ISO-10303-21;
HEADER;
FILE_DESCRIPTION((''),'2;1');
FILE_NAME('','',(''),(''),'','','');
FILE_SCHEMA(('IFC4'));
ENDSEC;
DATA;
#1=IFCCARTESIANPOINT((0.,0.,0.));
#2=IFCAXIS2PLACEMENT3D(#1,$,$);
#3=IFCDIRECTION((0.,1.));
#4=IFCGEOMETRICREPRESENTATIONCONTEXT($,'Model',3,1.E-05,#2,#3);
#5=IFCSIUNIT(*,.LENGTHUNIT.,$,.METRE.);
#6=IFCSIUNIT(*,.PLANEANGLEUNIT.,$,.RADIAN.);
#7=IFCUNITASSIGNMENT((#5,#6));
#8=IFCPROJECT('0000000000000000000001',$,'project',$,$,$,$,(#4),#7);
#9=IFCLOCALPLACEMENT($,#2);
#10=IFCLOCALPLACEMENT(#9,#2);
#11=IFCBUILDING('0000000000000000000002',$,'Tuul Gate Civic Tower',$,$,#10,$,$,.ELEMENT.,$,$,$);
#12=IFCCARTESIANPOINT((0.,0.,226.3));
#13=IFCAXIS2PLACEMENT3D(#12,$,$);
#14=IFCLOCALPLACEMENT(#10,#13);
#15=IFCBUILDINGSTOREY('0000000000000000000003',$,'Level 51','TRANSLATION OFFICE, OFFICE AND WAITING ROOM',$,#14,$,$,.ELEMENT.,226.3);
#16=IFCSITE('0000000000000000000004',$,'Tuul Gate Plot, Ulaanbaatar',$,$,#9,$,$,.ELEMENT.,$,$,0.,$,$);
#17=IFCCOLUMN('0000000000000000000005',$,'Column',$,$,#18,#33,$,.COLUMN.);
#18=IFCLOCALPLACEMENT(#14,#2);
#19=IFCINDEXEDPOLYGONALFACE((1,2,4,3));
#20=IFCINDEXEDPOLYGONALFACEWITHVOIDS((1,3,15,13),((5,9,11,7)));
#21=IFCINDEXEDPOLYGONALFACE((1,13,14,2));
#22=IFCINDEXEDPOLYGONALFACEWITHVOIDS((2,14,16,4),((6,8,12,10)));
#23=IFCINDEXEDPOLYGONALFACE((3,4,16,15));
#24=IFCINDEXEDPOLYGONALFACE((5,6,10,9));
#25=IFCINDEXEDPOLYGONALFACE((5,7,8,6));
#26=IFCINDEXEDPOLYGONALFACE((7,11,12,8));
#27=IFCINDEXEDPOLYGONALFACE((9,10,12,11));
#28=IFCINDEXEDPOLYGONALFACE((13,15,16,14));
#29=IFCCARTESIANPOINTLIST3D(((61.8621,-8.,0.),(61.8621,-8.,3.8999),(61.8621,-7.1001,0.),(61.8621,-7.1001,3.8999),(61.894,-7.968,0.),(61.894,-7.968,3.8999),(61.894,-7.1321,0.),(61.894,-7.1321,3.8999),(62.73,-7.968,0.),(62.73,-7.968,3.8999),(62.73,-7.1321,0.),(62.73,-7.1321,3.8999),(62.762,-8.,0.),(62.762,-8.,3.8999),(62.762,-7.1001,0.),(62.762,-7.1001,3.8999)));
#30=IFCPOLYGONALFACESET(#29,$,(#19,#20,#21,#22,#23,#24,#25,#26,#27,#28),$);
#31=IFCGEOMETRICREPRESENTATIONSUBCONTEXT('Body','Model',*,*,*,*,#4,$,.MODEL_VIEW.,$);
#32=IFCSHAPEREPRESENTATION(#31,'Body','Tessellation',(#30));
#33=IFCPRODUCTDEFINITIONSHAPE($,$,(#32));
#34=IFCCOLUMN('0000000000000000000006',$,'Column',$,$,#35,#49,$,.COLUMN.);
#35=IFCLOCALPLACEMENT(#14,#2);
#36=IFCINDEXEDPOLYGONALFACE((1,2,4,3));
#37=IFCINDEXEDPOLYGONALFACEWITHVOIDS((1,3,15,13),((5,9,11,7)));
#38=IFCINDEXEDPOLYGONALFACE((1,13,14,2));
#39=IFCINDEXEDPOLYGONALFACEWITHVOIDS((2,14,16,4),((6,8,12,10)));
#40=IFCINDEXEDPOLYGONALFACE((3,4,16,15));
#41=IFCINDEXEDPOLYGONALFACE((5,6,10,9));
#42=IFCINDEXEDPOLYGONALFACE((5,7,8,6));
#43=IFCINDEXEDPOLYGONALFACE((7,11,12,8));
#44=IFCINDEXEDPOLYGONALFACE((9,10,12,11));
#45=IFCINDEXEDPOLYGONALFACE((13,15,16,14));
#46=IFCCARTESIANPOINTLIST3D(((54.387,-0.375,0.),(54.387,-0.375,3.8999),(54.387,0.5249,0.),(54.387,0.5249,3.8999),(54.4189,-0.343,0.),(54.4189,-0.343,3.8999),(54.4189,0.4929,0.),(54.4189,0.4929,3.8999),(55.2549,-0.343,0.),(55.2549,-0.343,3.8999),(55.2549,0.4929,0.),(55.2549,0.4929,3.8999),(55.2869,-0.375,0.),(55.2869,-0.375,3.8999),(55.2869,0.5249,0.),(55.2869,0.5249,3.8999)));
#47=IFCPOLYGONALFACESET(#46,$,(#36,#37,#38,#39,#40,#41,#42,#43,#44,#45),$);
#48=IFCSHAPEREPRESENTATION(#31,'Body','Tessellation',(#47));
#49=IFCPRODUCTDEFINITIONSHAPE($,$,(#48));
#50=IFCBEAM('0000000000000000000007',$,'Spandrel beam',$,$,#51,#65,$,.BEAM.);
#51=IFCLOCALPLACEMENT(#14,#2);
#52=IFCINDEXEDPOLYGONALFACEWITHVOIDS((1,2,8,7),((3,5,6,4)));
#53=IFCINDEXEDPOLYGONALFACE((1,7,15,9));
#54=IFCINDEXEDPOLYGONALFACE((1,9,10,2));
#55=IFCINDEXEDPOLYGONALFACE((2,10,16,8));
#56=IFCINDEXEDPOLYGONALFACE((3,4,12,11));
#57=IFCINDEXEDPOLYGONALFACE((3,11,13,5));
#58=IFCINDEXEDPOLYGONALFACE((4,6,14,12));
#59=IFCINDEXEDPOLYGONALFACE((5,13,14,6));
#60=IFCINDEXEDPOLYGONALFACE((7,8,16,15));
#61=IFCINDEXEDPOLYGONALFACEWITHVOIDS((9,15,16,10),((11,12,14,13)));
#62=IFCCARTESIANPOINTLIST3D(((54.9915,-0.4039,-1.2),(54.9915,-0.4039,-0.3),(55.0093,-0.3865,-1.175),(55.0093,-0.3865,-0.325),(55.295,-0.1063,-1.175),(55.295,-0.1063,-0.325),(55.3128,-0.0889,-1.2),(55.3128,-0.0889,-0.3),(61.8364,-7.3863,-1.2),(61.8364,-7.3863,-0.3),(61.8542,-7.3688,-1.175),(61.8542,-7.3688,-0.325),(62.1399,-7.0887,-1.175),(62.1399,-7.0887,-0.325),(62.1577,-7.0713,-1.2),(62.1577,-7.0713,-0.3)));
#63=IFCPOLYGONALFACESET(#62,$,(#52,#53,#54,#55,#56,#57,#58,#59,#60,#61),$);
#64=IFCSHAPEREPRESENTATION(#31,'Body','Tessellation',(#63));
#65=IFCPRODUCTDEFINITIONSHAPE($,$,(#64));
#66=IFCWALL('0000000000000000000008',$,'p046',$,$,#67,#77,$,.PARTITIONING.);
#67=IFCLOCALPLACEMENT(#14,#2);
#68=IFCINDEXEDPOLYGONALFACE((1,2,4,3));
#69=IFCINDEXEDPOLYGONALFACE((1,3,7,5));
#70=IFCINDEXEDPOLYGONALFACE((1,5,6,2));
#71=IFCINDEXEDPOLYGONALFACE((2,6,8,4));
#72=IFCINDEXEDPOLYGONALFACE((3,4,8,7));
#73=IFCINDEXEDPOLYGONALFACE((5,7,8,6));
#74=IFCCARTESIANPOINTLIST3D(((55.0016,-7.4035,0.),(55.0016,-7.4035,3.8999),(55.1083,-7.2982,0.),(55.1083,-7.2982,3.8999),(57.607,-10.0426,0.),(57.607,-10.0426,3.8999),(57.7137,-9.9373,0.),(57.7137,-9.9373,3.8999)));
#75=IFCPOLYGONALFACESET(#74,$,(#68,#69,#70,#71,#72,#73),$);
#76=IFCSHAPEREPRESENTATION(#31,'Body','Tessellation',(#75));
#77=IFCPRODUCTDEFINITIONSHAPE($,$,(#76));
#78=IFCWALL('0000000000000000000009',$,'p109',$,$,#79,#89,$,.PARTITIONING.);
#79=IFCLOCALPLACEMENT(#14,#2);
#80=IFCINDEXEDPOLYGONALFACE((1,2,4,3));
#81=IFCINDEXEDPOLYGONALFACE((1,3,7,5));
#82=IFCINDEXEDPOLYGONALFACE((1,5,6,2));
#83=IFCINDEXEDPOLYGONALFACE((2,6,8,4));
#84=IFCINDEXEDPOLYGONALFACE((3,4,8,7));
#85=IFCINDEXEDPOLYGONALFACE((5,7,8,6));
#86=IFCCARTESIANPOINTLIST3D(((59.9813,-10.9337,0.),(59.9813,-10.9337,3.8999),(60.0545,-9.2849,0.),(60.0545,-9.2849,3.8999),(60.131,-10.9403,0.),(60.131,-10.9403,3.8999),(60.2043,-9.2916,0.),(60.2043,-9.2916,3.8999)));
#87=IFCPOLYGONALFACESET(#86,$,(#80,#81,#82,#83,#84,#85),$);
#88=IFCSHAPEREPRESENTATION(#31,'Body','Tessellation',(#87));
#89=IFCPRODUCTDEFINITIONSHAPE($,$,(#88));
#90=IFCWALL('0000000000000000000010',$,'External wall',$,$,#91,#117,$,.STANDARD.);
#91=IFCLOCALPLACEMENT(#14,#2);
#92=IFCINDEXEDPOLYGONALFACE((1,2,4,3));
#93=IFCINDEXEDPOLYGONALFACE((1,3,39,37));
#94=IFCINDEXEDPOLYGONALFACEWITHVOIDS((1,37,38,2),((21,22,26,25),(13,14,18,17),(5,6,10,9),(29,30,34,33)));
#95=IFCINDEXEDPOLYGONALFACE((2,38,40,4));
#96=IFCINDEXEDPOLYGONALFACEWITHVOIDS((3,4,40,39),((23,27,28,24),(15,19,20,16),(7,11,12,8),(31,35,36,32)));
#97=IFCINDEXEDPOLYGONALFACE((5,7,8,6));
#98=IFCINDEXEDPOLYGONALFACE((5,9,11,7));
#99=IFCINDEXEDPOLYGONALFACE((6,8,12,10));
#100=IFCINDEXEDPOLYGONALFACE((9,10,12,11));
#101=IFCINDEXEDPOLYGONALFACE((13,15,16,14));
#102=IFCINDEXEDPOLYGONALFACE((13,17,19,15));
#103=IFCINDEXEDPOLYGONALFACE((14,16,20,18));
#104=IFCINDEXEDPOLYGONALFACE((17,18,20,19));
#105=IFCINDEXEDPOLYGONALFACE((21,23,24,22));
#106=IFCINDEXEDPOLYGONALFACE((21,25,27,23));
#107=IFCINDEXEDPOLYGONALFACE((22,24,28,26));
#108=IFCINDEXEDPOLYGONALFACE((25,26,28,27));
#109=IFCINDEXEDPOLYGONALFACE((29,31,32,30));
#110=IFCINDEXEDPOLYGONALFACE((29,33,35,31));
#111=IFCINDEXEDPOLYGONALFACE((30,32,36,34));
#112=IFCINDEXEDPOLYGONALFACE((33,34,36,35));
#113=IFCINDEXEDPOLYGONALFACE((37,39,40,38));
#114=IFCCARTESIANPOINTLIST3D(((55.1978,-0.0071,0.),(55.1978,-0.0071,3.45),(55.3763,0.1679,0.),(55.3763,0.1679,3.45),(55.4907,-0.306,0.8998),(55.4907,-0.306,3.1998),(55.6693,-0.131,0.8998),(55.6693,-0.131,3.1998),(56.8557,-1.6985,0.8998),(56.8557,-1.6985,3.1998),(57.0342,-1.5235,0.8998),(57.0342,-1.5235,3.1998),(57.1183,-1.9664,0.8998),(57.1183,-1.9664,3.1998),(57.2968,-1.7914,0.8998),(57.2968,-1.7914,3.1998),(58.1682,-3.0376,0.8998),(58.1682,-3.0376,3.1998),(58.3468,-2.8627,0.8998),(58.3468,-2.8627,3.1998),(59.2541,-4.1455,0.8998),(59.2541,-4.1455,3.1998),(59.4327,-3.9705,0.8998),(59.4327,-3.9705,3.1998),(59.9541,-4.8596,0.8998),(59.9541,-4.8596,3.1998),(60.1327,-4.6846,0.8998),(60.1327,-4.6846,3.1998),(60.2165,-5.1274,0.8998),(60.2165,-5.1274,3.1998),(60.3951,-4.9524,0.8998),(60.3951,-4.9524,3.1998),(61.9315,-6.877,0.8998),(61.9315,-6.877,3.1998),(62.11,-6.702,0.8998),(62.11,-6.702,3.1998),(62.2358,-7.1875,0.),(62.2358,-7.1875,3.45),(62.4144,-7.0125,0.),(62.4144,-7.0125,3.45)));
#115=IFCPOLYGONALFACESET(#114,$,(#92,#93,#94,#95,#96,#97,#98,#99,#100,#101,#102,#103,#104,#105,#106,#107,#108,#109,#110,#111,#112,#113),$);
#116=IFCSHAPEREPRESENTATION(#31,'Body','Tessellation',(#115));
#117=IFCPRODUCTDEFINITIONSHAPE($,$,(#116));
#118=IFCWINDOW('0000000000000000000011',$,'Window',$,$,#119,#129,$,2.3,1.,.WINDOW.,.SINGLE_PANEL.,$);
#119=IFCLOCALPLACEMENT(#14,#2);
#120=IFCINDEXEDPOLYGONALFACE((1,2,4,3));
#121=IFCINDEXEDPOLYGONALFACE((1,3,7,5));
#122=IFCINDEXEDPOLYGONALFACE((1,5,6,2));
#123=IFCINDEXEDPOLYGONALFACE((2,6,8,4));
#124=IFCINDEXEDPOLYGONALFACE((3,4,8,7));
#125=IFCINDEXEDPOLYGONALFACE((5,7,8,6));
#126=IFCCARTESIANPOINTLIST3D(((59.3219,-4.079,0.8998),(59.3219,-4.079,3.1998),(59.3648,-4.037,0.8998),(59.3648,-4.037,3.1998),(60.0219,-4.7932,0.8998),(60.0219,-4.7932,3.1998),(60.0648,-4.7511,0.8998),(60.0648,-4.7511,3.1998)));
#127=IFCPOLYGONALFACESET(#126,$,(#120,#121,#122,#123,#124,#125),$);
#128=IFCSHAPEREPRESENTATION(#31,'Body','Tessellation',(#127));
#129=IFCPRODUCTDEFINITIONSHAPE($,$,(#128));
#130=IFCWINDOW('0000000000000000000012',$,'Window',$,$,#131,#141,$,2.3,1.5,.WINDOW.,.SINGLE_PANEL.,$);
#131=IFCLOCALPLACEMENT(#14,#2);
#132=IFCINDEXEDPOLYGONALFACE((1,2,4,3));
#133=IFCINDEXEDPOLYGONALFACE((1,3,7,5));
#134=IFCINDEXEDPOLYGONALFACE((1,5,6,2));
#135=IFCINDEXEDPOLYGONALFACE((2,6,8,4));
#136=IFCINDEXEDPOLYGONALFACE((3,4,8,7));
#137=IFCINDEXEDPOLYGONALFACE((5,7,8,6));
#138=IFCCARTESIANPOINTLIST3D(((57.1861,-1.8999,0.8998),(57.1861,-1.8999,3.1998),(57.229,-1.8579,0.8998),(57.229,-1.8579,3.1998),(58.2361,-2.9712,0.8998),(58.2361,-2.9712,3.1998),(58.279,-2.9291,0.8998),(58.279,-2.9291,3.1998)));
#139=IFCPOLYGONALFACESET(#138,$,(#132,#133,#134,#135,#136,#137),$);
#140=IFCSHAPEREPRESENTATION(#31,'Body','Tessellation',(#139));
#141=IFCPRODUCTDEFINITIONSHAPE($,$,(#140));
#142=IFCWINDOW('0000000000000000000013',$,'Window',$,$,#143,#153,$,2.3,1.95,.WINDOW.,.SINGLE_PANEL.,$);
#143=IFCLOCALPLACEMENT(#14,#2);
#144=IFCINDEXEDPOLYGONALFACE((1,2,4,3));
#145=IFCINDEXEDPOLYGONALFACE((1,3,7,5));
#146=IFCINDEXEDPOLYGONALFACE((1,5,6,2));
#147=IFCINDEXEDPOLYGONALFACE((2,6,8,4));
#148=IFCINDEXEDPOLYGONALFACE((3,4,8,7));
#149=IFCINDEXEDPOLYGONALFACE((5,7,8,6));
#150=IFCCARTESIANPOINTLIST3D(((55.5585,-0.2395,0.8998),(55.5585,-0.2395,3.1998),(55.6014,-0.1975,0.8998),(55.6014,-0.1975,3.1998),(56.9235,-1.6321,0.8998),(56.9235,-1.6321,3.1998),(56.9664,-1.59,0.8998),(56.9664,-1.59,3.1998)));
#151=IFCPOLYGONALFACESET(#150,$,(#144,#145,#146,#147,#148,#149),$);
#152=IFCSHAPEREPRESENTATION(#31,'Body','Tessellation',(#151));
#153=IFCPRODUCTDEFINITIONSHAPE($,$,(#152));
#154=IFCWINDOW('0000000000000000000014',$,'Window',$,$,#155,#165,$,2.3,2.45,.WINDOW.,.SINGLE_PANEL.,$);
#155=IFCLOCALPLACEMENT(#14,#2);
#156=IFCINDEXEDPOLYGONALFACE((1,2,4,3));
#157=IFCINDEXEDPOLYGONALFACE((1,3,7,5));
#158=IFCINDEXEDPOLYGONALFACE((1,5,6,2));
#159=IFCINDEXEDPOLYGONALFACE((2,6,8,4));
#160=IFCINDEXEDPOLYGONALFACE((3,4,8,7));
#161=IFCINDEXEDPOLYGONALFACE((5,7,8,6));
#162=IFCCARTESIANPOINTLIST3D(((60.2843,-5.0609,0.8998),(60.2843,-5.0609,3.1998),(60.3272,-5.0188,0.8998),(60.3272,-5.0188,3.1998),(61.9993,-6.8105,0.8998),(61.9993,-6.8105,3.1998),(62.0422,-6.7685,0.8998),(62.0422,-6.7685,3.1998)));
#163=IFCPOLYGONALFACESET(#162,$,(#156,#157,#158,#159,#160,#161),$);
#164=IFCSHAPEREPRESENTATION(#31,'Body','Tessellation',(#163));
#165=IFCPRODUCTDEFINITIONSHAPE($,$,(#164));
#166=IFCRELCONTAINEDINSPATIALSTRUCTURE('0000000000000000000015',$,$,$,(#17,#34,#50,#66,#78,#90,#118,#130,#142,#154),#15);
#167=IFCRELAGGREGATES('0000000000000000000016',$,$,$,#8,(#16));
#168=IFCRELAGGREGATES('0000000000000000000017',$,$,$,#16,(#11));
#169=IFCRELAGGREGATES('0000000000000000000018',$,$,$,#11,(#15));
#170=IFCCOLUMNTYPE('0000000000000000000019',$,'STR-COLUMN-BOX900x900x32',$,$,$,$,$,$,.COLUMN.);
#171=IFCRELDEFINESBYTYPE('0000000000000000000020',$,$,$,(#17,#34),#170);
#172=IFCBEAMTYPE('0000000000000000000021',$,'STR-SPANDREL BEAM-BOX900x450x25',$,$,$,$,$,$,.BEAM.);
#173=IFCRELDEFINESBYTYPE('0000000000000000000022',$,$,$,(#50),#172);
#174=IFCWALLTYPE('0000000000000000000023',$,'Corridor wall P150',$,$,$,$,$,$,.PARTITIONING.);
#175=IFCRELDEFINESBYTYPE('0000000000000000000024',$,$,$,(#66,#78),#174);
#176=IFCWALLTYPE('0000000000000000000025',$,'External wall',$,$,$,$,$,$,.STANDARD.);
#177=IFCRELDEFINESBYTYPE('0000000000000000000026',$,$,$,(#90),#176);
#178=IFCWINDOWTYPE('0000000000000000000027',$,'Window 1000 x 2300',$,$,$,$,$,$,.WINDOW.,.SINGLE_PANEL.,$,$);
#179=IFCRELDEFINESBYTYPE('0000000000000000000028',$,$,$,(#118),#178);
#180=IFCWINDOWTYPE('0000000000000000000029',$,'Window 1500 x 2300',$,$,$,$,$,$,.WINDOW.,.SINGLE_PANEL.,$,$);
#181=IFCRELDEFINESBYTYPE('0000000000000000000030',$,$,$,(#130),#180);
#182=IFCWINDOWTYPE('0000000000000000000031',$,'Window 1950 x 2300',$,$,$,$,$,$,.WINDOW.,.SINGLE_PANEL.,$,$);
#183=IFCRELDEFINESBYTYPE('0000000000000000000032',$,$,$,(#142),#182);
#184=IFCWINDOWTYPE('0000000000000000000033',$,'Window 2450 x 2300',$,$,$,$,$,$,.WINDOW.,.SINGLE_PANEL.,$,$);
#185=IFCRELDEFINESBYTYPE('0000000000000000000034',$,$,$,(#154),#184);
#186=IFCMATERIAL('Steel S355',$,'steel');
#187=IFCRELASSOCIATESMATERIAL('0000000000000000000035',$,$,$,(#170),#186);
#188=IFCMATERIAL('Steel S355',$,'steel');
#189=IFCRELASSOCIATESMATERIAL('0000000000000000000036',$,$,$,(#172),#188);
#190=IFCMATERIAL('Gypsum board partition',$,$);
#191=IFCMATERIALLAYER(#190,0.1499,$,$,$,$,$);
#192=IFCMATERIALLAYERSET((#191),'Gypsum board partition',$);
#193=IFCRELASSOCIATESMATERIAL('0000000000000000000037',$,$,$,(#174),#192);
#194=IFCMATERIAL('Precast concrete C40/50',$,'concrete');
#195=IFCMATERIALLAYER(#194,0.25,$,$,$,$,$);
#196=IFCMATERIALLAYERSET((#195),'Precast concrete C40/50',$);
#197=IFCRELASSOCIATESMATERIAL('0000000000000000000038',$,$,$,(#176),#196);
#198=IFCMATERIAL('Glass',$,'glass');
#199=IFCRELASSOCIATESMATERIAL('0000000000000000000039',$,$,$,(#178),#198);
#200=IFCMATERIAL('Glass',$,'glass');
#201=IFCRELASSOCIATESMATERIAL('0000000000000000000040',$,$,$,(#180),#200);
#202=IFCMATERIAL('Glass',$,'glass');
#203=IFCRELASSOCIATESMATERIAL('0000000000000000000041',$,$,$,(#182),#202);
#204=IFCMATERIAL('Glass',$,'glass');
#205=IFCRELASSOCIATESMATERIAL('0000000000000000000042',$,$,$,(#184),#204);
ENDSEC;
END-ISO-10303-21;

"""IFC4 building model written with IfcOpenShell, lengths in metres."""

from ifc_helpers import new_model, si_unit, direction, frame, frame_2d, origin, origin_2d, place, context, subcontext, project, spatial, rectangle, hollow_rectangle, extrude, material, layer, layer_set, material_profile, profile_set, type_object, element, fill, save


model = new_model("IFC4")

# Units and contexts
model_context = context("Model", 3, precision=1e-05, world=origin(), true_north=direction((0.0, 1.0)))
body_context = subcontext(model_context, "Body", "Model", "MODEL_VIEW")
ifc_project = project(units=[si_unit("LENGTHUNIT", "METRE"), si_unit("PLANEANGLEUNIT", "RADIAN")], contexts=[model_context])

# Site, building, storey
site_placement = place(None, origin())
site = spatial("IfcSite", under=ifc_project, at=site_placement, Name="Tuul Gate Plot, Ulaanbaatar", CompositionType="ELEMENT", RefElevation=0.0)
building_placement = place(site_placement, origin())
building = spatial("IfcBuilding", under=site, at=building_placement, Name="Tuul Gate Civic Tower", CompositionType="ELEMENT")
storey_placement = place(building_placement, frame((0.0, 0.0, 226.3)))
storey = spatial("IfcBuildingStorey", under=building, at=storey_placement, Name="Level 51", Description="TRANSLATION OFFICE, OFFICE AND WAITING ROOM", CompositionType="ELEMENT", Elevation=226.3)

# Columns
ifc_material_1 = material(Name="Steel S355", Category="steel")
ifc_material_profile_1 = material_profile(ifc_material_1, hollow_rectangle(XDim=0.8999, YDim=0.8999, WallThickness=0.032, at=origin_2d()), Name="BOX900x900x32")
ifc_profile_set_1 = profile_set([ifc_material_profile_1], Name="Steel S355")
column_type = type_object("IfcColumnType", Name="STR-COLUMN-BOX900x900x32", PredefinedType="COLUMN", material=ifc_profile_set_1)
for number, where, z_axis, x_axis, name in (
    (1, (62.312, -7.55, 0.0), (0.0, 0.0, 1.0), (1.0, 0.0, 0.0), "Column"),
    (2, (54.8369, 0.075, 0.0), (0.0, 0.0, 1.0), (1.0, 0.0, 0.0), "Column"),
):
    element("IfcColumn", number, at=place(storey_placement, frame(where, z_axis=z_axis, x_axis=x_axis)), inside=storey, type_object=column_type, Name=name, PredefinedType="COLUMN", context=body_context, shape_type="SweptSolid", body=[
        extrude(hollow_rectangle(XDim=0.8999, YDim=0.8999, WallThickness=0.032, at=origin_2d()), origin(), (0.0, 0.0, 1.0), 3.8999),
    ])

# Beam
ifc_material_2 = material(Name="Steel S355", Category="steel")
ifc_material_profile_2 = material_profile(ifc_material_2, hollow_rectangle(XDim=0.45, YDim=0.8999, WallThickness=0.0249, at=origin_2d()), Name="BOX900x450x25")
ifc_profile_set_2 = profile_set([ifc_material_profile_2], Name="Steel S355")
beam_type = type_object("IfcBeamType", Name="STR-SPANDREL BEAM-BOX900x450x25", PredefinedType="BEAM", material=ifc_profile_set_2)
beam_placement = place(storey_placement, frame((61.9971, -7.2288, -0.75), z_axis=(-0.700043, 0.7141, 0.0), x_axis=(-0.7141, -0.700043, 0.0)))
element("IfcBeam", 3, at=beam_placement, inside=storey, type_object=beam_type, Name="Spandrel beam", PredefinedType="BEAM", context=body_context, shape_type="SweptSolid", body=[
    extrude(hollow_rectangle(XDim=0.45, YDim=0.8999, WallThickness=0.0249, at=origin_2d()), origin(), (0.0, 0.0, 1.0), 9.7778),
])

# Walls
ifc_material_3 = material(Name="Gypsum board partition")
ifc_layer_1 = layer(ifc_material_3, 0.1499)
ifc_layer_set_1 = layer_set([ifc_layer_1], Name="Gypsum board partition")
wall_type_1 = type_object("IfcWallType", Name="Corridor wall P150", PredefinedType="PARTITIONING", material=ifc_layer_set_1)
wall_1_placement = place(storey_placement, frame((55.0549, -7.3508, 0.0), z_axis=(0.0, 0.0, 1.0), x_axis=(0.70255, -0.711635, 0.0)))
element("IfcWall", 4, at=wall_1_placement, inside=storey, type_object=wall_type_1, Name="p046", PredefinedType="PARTITIONING", context=body_context, shape_type="SweptSolid", body=[
    extrude(rectangle(XDim=3.7085, YDim=0.1499, at=frame_2d((1.8542, 0.0))), origin(), (0.0, 0.0, 1.0), 3.8999),
])
wall_2_placement = place(storey_placement, frame((60.0562, -10.937, 0.0), z_axis=(0.0, 0.0, 1.0), x_axis=(0.044381, 0.999015, 0.0)))
element("IfcWall", 5, at=wall_2_placement, inside=storey, type_object=wall_type_1, Name="p109", PredefinedType="PARTITIONING", context=body_context, shape_type="SweptSolid", body=[
    extrude(rectangle(XDim=1.6504, YDim=0.1499, at=frame_2d((0.8252, 0.0))), origin(), (0.0, 0.0, 1.0), 3.8999),
])

# Wall, openings, windows
ifc_material_4 = material(Name="Precast concrete C40/50", Category="concrete")
ifc_layer_2 = layer(ifc_material_4, 0.25)
ifc_layer_set_2 = layer_set([ifc_layer_2], Name="Precast concrete C40/50")
wall_type_2 = type_object("IfcWallType", Name="External wall", PredefinedType="STANDARD", material=ifc_layer_set_2)
wall_3_placement = place(storey_placement, frame((62.3252, -7.1001, 0.0), z_axis=(0.0, 0.0, 1.0), x_axis=(-0.699993, 0.714149, 0.0)))
wall_3 = element("IfcWall", 6, at=wall_3_placement, inside=storey, type_object=wall_type_2, Name="External wall", PredefinedType="STANDARD", context=body_context, shape_type="SweptSolid", body=[
    extrude(rectangle(XDim=10.0544, YDim=0.25, at=frame_2d((5.0273, 0.0))), origin(), (0.0, 0.0, 1.0), 3.45),
])
opening_1_placement = place(wall_3_placement, frame((0.4348, 0.0, 0.8999)))
opening_1 = element("IfcOpeningElement", 7, at=opening_1_placement, cuts=wall_3, PredefinedType="OPENING", context=body_context, shape_type="SweptSolid", body=[
    extrude(rectangle(XDim=2.45, YDim=2.3, at=frame_2d((1.2251, 1.1499))), frame((0.0, 0.135, 0.0), z_axis=(0.0, -1.0, 0.0), x_axis=(1.0, 0.0, 0.0)), (0.0, 0.0, 1.0), 0.27),
])
opening_2_placement = place(wall_3_placement, frame((3.2598, 0.0, 0.8999)))
opening_2 = element("IfcOpeningElement", 8, at=opening_2_placement, cuts=wall_3, PredefinedType="OPENING", context=body_context, shape_type="SweptSolid", body=[
    extrude(rectangle(XDim=1.0, YDim=2.3, at=frame_2d((0.5, 1.1499))), frame((0.0, 0.135, 0.0), z_axis=(0.0, -1.0, 0.0), x_axis=(1.0, 0.0, 0.0)), (0.0, 0.0, 1.0), 0.27),
])
opening_3_placement = place(wall_3_placement, frame((5.811, 0.0, 0.8999)))
opening_3 = element("IfcOpeningElement", 9, at=opening_3_placement, cuts=wall_3, PredefinedType="OPENING", context=body_context, shape_type="SweptSolid", body=[
    extrude(rectangle(XDim=1.5, YDim=2.3, at=frame_2d((0.75, 1.1499))), frame((0.0, 0.135, 0.0), z_axis=(0.0, -1.0, 0.0), x_axis=(1.0, 0.0, 0.0)), (0.0, 0.0, 1.0), 0.27),
])
opening_4_placement = place(wall_3_placement, frame((7.686, 0.0, 0.8999)))
opening_4 = element("IfcOpeningElement", 10, at=opening_4_placement, cuts=wall_3, PredefinedType="OPENING", context=body_context, shape_type="SweptSolid", body=[
    extrude(rectangle(XDim=1.95, YDim=2.3, at=frame_2d((0.9751, 1.1499))), frame((0.0, 0.135, 0.0), z_axis=(0.0, -1.0, 0.0), x_axis=(1.0, 0.0, 0.0)), (0.0, 0.0, 1.0), 0.27),
])
ifc_material_5 = material(Name="Glass", Category="glass")
window_type_1 = type_object("IfcWindowType", Name="Window 1000 x 2300", PartitioningType="SINGLE_PANEL", PredefinedType="WINDOW", material=ifc_material_5)
window_1_placement = place(opening_2_placement, origin())
window_1 = element("IfcWindow", 11, at=window_1_placement, inside=storey, type_object=window_type_1, Name="Window", OverallHeight=2.3, OverallWidth=1.0, PartitioningType="SINGLE_PANEL", PredefinedType="WINDOW", context=body_context, shape_type="SweptSolid", body=[
    extrude(rectangle(XDim=1.0, YDim=2.3, at=frame_2d((0.5, 1.1499))), frame((0.0, 0.03, 0.0), z_axis=(0.0, -1.0, 0.0), x_axis=(1.0, 0.0, 0.0)), (0.0, 0.0, 1.0), 0.0601),
])
fill(opening_2, window_1)
ifc_material_6 = material(Name="Glass", Category="glass")
window_type_2 = type_object("IfcWindowType", Name="Window 1500 x 2300", PartitioningType="SINGLE_PANEL", PredefinedType="WINDOW", material=ifc_material_6)
window_2_placement = place(opening_3_placement, origin())
window_2 = element("IfcWindow", 12, at=window_2_placement, inside=storey, type_object=window_type_2, Name="Window", OverallHeight=2.3, OverallWidth=1.5, PartitioningType="SINGLE_PANEL", PredefinedType="WINDOW", context=body_context, shape_type="SweptSolid", body=[
    extrude(rectangle(XDim=1.5, YDim=2.3, at=frame_2d((0.75, 1.1499))), frame((0.0, 0.03, 0.0), z_axis=(0.0, -1.0, 0.0), x_axis=(1.0, 0.0, 0.0)), (0.0, 0.0, 1.0), 0.0601),
])
fill(opening_3, window_2)
ifc_material_7 = material(Name="Glass", Category="glass")
window_type_3 = type_object("IfcWindowType", Name="Window 1950 x 2300", PartitioningType="SINGLE_PANEL", PredefinedType="WINDOW", material=ifc_material_7)
window_3_placement = place(opening_4_placement, origin())
window_3 = element("IfcWindow", 13, at=window_3_placement, inside=storey, type_object=window_type_3, Name="Window", OverallHeight=2.3, OverallWidth=1.95, PartitioningType="SINGLE_PANEL", PredefinedType="WINDOW", context=body_context, shape_type="SweptSolid", body=[
    extrude(rectangle(XDim=1.95, YDim=2.3, at=frame_2d((0.9751, 1.1499))), frame((0.0, 0.03, 0.0), z_axis=(0.0, -1.0, 0.0), x_axis=(1.0, 0.0, 0.0)), (0.0, 0.0, 1.0), 0.0601),
])
fill(opening_4, window_3)
ifc_material_8 = material(Name="Glass", Category="glass")
window_type_4 = type_object("IfcWindowType", Name="Window 2450 x 2300", PartitioningType="SINGLE_PANEL", PredefinedType="WINDOW", material=ifc_material_8)
window_4_placement = place(opening_1_placement, origin())
window_4 = element("IfcWindow", 14, at=window_4_placement, inside=storey, type_object=window_type_4, Name="Window", OverallHeight=2.3, OverallWidth=2.45, PartitioningType="SINGLE_PANEL", PredefinedType="WINDOW", context=body_context, shape_type="SweptSolid", body=[
    extrude(rectangle(XDim=2.45, YDim=2.3, at=frame_2d((1.2251, 1.1499))), frame((0.0, 0.03, 0.0), z_axis=(0.0, -1.0, 0.0), x_axis=(1.0, 0.0, 0.0)), (0.0, 0.0, 1.0), 0.0601),
])
fill(opening_1, window_4)

save(model, "model.ifc")
